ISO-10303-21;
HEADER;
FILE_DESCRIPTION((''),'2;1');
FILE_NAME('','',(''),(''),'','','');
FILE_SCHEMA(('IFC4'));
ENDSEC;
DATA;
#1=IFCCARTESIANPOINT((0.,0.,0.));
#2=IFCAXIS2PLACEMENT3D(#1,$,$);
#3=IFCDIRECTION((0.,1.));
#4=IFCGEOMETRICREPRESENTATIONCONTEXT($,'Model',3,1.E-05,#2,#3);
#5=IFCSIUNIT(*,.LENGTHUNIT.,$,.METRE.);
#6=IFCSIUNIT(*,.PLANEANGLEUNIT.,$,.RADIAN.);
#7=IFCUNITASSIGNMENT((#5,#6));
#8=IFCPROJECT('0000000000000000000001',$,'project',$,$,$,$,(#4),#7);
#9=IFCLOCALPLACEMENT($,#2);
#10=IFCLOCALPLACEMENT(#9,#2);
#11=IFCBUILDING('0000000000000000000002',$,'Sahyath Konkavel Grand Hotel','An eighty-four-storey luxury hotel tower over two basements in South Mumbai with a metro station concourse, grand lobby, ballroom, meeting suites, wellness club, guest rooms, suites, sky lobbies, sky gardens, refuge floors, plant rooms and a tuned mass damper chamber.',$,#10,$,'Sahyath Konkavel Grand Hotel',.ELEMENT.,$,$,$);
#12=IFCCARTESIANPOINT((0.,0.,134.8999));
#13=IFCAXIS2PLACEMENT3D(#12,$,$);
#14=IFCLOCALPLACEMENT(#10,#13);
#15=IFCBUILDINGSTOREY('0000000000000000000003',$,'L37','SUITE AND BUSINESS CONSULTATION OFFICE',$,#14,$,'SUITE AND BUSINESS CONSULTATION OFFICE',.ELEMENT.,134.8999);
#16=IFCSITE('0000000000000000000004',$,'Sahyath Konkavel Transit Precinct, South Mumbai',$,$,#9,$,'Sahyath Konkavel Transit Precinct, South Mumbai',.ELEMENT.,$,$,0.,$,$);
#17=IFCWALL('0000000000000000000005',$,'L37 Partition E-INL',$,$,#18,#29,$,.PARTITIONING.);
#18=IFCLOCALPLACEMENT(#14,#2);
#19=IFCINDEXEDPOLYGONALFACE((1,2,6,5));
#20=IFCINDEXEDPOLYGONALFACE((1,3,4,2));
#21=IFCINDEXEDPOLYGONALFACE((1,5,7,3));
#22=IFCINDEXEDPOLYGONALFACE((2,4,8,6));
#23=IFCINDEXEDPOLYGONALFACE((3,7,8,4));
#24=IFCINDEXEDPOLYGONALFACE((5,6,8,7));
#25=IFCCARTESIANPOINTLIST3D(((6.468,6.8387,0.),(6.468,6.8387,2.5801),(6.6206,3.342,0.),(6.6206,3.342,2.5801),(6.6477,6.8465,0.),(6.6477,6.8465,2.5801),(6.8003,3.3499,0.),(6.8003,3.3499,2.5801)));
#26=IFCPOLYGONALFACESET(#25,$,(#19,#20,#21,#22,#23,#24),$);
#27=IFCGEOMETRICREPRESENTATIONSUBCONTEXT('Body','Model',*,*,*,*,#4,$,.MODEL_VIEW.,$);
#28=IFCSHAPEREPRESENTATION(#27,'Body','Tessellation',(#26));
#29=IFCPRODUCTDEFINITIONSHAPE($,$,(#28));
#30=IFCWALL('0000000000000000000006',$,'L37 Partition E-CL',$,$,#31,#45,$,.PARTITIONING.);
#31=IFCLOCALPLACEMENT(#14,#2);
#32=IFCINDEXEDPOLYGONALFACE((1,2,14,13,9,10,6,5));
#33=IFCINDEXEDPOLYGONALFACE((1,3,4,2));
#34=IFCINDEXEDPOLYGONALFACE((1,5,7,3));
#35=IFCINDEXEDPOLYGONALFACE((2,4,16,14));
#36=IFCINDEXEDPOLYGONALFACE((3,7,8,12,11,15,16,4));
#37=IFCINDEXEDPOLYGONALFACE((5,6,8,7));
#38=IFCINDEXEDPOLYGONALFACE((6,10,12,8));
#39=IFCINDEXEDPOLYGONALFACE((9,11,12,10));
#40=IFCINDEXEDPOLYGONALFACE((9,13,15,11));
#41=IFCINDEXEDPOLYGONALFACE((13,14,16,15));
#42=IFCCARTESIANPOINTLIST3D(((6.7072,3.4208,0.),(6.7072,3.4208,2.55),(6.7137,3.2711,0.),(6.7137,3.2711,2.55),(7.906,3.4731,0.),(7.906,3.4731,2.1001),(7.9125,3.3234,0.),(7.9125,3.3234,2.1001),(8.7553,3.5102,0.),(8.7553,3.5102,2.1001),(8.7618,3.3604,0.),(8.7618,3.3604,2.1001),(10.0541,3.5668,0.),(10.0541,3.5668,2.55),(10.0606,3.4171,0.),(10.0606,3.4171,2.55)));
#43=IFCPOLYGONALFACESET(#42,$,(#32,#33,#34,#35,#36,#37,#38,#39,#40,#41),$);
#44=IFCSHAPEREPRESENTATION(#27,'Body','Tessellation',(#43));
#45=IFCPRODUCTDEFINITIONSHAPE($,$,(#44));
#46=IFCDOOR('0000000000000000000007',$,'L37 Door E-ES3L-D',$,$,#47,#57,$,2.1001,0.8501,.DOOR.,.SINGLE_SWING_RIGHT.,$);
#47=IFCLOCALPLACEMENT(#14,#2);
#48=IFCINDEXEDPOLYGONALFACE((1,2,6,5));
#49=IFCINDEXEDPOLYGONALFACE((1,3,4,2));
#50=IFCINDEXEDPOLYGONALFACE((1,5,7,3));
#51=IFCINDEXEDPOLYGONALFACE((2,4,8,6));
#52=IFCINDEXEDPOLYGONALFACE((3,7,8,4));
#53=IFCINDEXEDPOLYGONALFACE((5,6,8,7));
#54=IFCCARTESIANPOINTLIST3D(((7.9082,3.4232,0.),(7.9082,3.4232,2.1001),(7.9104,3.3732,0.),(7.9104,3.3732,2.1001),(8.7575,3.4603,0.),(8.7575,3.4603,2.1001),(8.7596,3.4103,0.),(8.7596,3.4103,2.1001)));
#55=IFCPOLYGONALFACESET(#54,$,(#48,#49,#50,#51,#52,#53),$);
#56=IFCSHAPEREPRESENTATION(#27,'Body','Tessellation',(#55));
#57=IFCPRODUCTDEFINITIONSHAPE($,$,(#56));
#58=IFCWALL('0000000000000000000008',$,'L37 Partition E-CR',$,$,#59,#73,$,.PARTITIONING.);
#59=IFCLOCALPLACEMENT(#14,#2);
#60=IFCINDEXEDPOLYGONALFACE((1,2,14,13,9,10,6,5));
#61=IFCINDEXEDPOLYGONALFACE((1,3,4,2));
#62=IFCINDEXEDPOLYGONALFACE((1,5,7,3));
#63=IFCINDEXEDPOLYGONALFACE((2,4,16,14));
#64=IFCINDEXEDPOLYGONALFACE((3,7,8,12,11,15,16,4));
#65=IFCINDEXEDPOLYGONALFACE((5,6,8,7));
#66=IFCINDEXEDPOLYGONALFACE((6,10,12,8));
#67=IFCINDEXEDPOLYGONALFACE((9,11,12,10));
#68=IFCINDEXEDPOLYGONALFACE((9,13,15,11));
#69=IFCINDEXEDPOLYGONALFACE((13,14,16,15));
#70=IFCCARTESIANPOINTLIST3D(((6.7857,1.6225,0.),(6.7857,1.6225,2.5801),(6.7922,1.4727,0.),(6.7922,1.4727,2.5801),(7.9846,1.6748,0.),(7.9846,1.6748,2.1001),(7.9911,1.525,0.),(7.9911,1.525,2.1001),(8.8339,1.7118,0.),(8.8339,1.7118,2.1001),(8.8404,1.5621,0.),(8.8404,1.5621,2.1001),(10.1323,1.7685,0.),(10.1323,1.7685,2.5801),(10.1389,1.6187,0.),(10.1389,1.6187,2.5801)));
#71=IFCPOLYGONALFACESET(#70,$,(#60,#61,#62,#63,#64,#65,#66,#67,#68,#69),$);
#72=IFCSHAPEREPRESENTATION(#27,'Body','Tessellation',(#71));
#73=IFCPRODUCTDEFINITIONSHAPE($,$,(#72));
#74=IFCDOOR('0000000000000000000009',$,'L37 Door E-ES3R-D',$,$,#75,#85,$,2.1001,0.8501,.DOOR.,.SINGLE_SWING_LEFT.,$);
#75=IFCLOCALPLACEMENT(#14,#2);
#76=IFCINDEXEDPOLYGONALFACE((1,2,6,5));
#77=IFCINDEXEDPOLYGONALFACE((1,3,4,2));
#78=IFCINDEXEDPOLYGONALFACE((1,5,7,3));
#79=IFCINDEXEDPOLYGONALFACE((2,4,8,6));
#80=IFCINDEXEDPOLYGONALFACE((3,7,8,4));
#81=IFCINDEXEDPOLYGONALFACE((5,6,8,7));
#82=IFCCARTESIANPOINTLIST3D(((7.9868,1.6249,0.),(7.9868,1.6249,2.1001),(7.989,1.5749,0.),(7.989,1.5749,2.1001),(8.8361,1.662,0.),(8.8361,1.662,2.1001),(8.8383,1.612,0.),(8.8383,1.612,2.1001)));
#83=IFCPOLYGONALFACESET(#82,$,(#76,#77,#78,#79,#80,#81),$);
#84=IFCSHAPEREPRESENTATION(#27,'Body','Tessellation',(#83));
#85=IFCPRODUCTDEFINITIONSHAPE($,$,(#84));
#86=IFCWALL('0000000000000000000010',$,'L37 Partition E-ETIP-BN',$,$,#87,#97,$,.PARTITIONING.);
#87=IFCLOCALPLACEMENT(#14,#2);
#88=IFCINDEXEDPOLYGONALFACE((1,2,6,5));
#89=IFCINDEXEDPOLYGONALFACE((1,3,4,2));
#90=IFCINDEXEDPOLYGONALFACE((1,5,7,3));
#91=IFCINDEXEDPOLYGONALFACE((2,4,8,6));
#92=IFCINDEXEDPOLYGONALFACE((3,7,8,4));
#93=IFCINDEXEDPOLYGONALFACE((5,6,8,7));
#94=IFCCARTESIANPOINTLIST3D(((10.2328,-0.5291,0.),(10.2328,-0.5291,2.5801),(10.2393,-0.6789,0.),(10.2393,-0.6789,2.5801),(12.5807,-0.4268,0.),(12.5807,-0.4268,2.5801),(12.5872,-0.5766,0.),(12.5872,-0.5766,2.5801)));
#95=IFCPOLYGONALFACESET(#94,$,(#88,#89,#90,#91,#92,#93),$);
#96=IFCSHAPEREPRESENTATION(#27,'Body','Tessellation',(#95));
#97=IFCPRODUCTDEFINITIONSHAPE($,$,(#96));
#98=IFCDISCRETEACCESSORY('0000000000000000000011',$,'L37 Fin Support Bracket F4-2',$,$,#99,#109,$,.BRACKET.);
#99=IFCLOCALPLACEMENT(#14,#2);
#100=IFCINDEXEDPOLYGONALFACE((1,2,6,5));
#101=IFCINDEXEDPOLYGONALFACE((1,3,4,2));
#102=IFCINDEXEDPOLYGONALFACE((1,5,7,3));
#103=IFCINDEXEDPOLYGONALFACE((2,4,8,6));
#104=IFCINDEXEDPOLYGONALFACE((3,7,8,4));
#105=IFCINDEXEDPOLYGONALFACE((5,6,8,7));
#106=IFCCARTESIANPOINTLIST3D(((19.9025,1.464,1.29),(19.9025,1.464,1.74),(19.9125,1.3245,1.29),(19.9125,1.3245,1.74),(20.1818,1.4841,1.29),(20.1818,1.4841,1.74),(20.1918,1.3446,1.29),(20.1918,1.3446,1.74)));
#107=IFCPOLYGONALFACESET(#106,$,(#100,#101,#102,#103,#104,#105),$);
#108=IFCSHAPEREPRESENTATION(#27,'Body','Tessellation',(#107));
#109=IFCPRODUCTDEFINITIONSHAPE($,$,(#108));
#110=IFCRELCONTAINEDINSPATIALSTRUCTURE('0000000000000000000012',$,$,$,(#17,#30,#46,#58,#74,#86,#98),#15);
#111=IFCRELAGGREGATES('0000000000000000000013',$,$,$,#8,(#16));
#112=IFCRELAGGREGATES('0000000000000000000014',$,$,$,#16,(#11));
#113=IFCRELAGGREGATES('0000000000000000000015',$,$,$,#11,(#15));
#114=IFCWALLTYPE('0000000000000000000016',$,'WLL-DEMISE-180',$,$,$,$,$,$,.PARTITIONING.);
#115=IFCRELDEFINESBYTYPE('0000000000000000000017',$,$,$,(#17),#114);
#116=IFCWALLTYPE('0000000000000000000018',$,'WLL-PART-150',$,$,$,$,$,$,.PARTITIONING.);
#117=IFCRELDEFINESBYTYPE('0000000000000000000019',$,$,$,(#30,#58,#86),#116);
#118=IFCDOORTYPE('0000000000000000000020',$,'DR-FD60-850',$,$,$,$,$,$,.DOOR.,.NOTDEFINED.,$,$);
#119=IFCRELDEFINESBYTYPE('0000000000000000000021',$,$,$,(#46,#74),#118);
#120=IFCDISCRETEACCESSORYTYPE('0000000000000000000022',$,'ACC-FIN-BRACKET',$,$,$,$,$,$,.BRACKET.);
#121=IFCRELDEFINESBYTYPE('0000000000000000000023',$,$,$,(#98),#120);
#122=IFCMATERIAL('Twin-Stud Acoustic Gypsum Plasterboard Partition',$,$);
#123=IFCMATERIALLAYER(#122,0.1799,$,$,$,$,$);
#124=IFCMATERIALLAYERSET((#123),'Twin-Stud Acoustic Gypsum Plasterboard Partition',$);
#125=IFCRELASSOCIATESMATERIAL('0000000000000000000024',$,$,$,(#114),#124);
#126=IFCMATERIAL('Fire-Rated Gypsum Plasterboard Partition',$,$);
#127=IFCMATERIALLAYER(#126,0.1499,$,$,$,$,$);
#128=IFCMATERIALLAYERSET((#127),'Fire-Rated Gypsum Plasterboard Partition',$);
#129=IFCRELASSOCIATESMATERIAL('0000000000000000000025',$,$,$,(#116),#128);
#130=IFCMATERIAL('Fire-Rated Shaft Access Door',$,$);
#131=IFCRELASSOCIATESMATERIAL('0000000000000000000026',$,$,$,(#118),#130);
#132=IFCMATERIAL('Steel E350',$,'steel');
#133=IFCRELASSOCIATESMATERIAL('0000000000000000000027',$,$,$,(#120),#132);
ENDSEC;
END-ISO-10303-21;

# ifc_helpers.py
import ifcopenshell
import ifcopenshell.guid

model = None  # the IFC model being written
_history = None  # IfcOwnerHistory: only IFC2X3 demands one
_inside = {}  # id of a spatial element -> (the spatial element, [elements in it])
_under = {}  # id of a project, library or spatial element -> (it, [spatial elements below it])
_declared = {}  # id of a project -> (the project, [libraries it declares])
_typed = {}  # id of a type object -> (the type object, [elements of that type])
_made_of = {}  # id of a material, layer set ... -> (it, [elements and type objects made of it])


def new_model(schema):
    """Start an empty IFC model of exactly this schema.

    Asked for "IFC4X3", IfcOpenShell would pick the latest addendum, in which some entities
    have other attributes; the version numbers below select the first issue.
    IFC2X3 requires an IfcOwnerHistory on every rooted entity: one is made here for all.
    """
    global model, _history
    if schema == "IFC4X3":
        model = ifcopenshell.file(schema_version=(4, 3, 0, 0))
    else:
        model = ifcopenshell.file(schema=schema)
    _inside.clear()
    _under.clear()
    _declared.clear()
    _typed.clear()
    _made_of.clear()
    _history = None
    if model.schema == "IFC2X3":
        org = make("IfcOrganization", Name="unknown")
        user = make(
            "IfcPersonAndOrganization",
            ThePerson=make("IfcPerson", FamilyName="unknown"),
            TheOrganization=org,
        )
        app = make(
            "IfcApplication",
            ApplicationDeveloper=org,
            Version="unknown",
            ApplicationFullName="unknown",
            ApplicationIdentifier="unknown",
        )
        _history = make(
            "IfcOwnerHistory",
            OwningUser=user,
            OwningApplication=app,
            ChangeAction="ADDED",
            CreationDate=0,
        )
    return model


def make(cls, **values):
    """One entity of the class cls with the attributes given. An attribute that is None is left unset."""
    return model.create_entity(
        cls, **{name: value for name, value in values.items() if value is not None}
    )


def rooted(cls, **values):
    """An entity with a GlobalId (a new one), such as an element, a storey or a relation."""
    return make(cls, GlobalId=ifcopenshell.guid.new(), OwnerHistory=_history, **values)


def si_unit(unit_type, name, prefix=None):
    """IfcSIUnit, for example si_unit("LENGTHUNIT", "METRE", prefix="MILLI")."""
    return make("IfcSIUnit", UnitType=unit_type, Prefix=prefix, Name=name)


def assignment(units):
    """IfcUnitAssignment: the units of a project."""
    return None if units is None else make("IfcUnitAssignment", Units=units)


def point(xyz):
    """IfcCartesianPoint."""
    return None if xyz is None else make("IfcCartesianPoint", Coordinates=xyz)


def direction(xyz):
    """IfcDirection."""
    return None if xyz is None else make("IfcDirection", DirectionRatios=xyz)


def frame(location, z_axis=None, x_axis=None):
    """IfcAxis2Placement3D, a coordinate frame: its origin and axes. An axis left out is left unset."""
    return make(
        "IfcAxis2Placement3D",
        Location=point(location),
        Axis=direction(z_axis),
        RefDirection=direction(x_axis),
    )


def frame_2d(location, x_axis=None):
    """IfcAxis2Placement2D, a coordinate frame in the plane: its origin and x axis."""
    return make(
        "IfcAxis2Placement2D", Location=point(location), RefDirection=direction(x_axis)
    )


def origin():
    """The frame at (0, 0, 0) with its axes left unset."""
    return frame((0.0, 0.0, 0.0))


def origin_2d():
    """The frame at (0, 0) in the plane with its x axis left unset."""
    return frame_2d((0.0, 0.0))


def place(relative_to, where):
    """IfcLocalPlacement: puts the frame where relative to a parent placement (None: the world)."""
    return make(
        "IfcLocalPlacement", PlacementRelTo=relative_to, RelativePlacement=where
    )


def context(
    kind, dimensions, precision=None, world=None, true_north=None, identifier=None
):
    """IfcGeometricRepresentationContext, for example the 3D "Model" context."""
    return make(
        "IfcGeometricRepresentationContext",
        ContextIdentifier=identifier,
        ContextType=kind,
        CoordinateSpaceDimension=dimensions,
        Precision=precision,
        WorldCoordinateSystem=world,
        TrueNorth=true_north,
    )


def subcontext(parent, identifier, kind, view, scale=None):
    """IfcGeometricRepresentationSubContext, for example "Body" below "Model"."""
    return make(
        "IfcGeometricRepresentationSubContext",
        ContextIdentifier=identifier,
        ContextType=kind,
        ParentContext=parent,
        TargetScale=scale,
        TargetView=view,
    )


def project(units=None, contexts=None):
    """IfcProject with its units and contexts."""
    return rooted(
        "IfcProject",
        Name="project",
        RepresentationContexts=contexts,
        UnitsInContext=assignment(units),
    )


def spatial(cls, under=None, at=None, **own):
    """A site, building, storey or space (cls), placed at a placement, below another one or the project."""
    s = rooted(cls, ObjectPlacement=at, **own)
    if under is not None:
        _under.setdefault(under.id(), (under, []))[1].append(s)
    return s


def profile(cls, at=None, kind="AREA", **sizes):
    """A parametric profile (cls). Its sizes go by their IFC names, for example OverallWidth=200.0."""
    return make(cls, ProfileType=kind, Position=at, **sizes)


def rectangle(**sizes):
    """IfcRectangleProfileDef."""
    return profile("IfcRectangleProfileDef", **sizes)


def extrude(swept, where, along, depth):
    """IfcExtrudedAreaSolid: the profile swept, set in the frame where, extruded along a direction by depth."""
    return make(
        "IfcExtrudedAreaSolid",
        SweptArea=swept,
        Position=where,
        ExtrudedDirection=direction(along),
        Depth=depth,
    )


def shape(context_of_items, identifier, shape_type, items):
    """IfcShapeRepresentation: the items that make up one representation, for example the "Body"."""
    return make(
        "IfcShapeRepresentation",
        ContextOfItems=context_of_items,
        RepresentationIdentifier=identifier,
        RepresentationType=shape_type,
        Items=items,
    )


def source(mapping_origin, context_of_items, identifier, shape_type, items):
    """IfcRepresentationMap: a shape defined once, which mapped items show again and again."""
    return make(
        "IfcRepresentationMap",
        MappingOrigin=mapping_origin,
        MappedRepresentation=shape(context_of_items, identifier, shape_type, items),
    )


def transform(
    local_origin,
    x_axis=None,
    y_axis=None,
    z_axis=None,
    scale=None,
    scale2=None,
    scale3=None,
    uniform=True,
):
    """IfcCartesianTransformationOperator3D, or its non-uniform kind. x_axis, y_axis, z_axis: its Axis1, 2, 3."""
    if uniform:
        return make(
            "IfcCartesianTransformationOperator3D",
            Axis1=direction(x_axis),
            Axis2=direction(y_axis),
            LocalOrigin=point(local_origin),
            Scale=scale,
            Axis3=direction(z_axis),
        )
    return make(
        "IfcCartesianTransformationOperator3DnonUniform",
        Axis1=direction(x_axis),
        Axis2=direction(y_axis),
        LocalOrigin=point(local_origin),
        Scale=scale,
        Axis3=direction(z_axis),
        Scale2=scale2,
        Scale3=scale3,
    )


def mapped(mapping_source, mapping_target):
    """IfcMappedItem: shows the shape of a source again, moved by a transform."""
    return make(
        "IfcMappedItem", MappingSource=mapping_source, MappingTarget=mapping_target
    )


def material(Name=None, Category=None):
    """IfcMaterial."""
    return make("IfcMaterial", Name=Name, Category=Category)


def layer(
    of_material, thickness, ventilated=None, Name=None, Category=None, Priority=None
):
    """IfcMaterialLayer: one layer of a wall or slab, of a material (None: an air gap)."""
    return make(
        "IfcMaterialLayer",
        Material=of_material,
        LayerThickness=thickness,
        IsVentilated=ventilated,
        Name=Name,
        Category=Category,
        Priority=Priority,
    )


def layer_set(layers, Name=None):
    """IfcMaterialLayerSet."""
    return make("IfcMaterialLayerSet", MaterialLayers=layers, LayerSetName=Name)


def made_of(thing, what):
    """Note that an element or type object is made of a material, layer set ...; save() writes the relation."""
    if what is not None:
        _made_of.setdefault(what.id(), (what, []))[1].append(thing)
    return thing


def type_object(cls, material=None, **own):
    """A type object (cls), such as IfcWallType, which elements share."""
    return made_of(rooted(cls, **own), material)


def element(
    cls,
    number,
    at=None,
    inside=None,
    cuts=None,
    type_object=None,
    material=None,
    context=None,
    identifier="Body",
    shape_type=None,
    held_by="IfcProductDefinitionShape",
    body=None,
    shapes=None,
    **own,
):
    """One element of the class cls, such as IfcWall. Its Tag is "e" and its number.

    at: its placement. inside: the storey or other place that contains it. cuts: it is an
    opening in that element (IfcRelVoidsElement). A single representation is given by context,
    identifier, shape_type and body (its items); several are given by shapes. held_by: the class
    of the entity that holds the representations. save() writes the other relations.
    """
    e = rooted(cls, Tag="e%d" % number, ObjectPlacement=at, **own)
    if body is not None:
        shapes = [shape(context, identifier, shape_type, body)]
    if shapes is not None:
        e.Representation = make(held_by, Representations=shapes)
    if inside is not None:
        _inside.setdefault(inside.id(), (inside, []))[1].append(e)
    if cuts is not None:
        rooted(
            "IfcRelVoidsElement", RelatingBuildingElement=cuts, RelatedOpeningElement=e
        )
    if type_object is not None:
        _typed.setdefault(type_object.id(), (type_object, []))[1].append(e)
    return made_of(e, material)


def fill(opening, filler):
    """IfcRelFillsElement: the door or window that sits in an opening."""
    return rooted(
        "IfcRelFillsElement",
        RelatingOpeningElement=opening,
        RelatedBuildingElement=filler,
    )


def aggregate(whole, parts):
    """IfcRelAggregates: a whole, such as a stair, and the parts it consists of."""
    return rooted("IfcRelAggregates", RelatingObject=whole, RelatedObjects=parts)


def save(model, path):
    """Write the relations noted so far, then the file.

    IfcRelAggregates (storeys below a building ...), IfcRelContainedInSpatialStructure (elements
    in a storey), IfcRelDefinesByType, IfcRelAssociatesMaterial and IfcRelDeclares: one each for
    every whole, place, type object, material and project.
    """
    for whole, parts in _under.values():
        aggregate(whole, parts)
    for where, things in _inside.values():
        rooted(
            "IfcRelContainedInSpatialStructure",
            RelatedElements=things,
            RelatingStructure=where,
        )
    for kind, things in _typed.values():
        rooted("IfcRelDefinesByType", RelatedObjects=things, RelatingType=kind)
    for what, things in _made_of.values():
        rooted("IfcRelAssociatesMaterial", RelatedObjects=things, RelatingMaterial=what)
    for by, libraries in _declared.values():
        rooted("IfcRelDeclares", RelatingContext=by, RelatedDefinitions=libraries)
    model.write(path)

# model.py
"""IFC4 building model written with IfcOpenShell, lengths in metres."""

from ifc_helpers import new_model, si_unit, direction, frame, frame_2d, origin, origin_2d, place, context, subcontext, project, spatial, rectangle, extrude, source, transform, mapped, material, layer, layer_set, type_object, element, fill, save


model = new_model("IFC4")

# Units and contexts
model_context = context("Model", 3, precision=1e-05, world=origin(), true_north=direction((0.0, 1.0)))
body_context = subcontext(model_context, "Body", "Model", "MODEL_VIEW")
ifc_project = project(units=[si_unit("LENGTHUNIT", "METRE"), si_unit("PLANEANGLEUNIT", "RADIAN")], contexts=[model_context])

# Site, building, storey
site_placement = place(None, origin())
site = spatial("IfcSite", under=ifc_project, at=site_placement, Name="Sahyath Konkavel Transit Precinct, South Mumbai", LongName="Sahyath Konkavel Transit Precinct, South Mumbai", CompositionType="ELEMENT", RefElevation=0.0)
building_placement = place(site_placement, origin())
building = spatial("IfcBuilding", under=site, at=building_placement, Name="Sahyath Konkavel Grand Hotel", Description="An eighty-four-storey luxury hotel tower over two basements in South Mumbai with a metro station concourse, grand lobby, ballroom, meeting suites, wellness club, guest rooms, suites, sky lobbies, sky gardens, refuge floors, plant rooms and a tuned mass damper chamber.", LongName="Sahyath Konkavel Grand Hotel", CompositionType="ELEMENT")
storey_placement = place(building_placement, frame((0.0, 0.0, 134.8999)))
storey = spatial("IfcBuildingStorey", under=building, at=storey_placement, Name="L37", Description="SUITE AND BUSINESS CONSULTATION OFFICE", LongName="SUITE AND BUSINESS CONSULTATION OFFICE", CompositionType="ELEMENT", Elevation=134.8999)

# Shared definitions
ifc_material_1 = material(Name="Steel E350", Category="steel")

# Wall
ifc_material_2 = material(Name="Twin-Stud Acoustic Gypsum Plasterboard Partition")
ifc_layer_1 = layer(ifc_material_2, 0.1799)
ifc_layer_set_1 = layer_set([ifc_layer_1], Name="Twin-Stud Acoustic Gypsum Plasterboard Partition")
wall_type_1 = type_object("IfcWallType", Name="WLL-DEMISE-180", PredefinedType="PARTITIONING", material=ifc_layer_set_1)
wall_1_placement = place(storey_placement, frame((6.7104, 3.3459, 0.0), z_axis=(0.0, 0.0, 1.0), x_axis=(-0.043598, 0.999049, 0.0)))
element("IfcWall", 1, at=wall_1_placement, inside=storey, type_object=wall_type_1, Name="L37 Partition E-INL", PredefinedType="PARTITIONING", context=body_context, shape_type="SweptSolid", body=[
    extrude(rectangle(XDim=3.5, YDim=0.1799, at=frame_2d((1.75, 0.0))), origin(), (0.0, 0.0, 1.0), 2.5801),
])

# Walls, openings, doors
ifc_material_3 = material(Name="Fire-Rated Gypsum Plasterboard Partition")
ifc_layer_2 = layer(ifc_material_3, 0.1499)
ifc_layer_set_2 = layer_set([ifc_layer_2], Name="Fire-Rated Gypsum Plasterboard Partition")
wall_type_2 = type_object("IfcWallType", Name="WLL-PART-150", PredefinedType="PARTITIONING", material=ifc_layer_set_2)
wall_2_placement = place(storey_placement, frame((6.7104, 3.3459, 0.0), z_axis=(0.0, 0.0, 1.0), x_axis=(0.99905, 0.04358, 0.0)))
wall_2 = element("IfcWall", 2, at=wall_2_placement, inside=storey, type_object=wall_type_2, Name="L37 Partition E-CL", PredefinedType="PARTITIONING", context=body_context, shape_type="SweptSolid", body=[
    extrude(rectangle(XDim=3.3501, YDim=0.1499, at=frame_2d((1.675, 0.0))), origin(), (0.0, 0.0, 1.0), 2.55),
])
opening_1_placement = place(wall_2_placement, frame((1.2, 0.0, 0.0)))
opening_1 = element("IfcOpeningElement", 3, at=opening_1_placement, cuts=wall_2, PredefinedType="OPENING", context=body_context, shape_type="SweptSolid", body=[
    extrude(rectangle(XDim=0.8501, YDim=2.1001, at=frame_2d((0.425, 1.05))), frame((0.0, 0.085, 0.0), z_axis=(0.0, -1.0, 0.0), x_axis=(1.0, 0.0, 0.0)), (0.0, 0.0, 1.0), 0.1699),
])
ifc_material_4 = material(Name="Fire-Rated Shaft Access Door")
door_type = type_object("IfcDoorType", Name="DR-FD60-850", OperationType="NOTDEFINED", PredefinedType="DOOR", material=ifc_material_4)
shared_shape_1 = source(origin(), body_context, "Body", "SweptSolid", [
    extrude(rectangle(XDim=0.8501, YDim=0.05, at=origin_2d()), origin(), (0.0, 0.0, 1.0), 2.1001),
])
door_1_placement = place(opening_1_placement, frame((0.425, 0.0, 0.0)))
door_1 = element("IfcDoor", 4, at=door_1_placement, inside=storey, type_object=door_type, Name="L37 Door E-ES3L-D", OperationType="SINGLE_SWING_RIGHT", OverallHeight=2.1001, OverallWidth=0.8501, PredefinedType="DOOR", context=body_context, shape_type="MappedRepresentation", body=[
    mapped(shared_shape_1, transform((0.0, 0.0, 0.0), scale=1.0)),
])
fill(opening_1, door_1)
wall_3_placement = place(storey_placement, frame((6.7891, 1.5476, 0.0), z_axis=(0.0, 0.0, 1.0), x_axis=(0.99905, 0.043583, 0.0)))
wall_3 = element("IfcWall", 5, at=wall_3_placement, inside=storey, type_object=wall_type_2, Name="L37 Partition E-CR", PredefinedType="PARTITIONING", context=body_context, shape_type="SweptSolid", body=[
    extrude(rectangle(XDim=3.3499, YDim=0.1499, at=frame_2d((1.6748, 0.0))), origin(), (0.0, 0.0, 1.0), 2.5801),
])
opening_2_placement = place(wall_3_placement, frame((1.2, 0.0, 0.0)))
opening_2 = element("IfcOpeningElement", 6, at=opening_2_placement, cuts=wall_3, PredefinedType="OPENING", context=body_context, shape_type="SweptSolid", body=[
    extrude(rectangle(XDim=0.8501, YDim=2.1001, at=frame_2d((0.425, 1.05))), frame((0.0, 0.085, 0.0), z_axis=(0.0, -1.0, 0.0), x_axis=(1.0, 0.0, 0.0)), (0.0, 0.0, 1.0), 0.1699),
])
door_2_placement = place(opening_2_placement, frame((0.425, 0.0, 0.0)))
door_2 = element("IfcDoor", 7, at=door_2_placement, inside=storey, type_object=door_type, Name="L37 Door E-ES3R-D", OperationType="SINGLE_SWING_LEFT", OverallHeight=2.1001, OverallWidth=0.8501, PredefinedType="DOOR", context=body_context, shape_type="MappedRepresentation", body=[
    mapped(shared_shape_1, transform((0.0, 0.0, 0.0), scale=1.0)),
])
fill(opening_2, door_2)

# Wall
wall_4_placement = place(storey_placement, frame((10.2361, -0.604, 0.0), z_axis=(0.0, 0.0, 1.0), x_axis=(0.999052, 0.043527, 0.0)))
element("IfcWall", 8, at=wall_4_placement, inside=storey, type_object=wall_type_2, Name="L37 Partition E-ETIP-BN", PredefinedType="PARTITIONING", context=body_context, shape_type="SweptSolid", body=[
    extrude(rectangle(XDim=2.3501, YDim=0.1499, at=frame_2d((1.175, 0.0))), origin(), (0.0, 0.0, 1.0), 2.5801),
])

# Discrete accessory
discrete_accessory_type = type_object("IfcDiscreteAccessoryType", Name="ACC-FIN-BRACKET", PredefinedType="BRACKET", material=ifc_material_1)
shared_shape_2 = source(origin(), body_context, "Body", "SweptSolid", [
    extrude(rectangle(XDim=0.28, YDim=0.1399, at=origin_2d()), origin(), (0.0, 0.0, 1.0), 0.45),
])
discrete_accessory_placement = place(storey_placement, frame((20.0471, 1.4043, 1.29), z_axis=(0.0, 0.0, 1.0), x_axis=(0.997436, 0.071567, 0.0)))
element("IfcDiscreteAccessory", 9, at=discrete_accessory_placement, inside=storey, type_object=discrete_accessory_type, Name="L37 Fin Support Bracket F4-2", PredefinedType="BRACKET", context=body_context, shape_type="MappedRepresentation", body=[
    mapped(shared_shape_2, transform((0.0, 0.0, 0.0), scale=1.0)),
])

save(model, "model.ifc")
